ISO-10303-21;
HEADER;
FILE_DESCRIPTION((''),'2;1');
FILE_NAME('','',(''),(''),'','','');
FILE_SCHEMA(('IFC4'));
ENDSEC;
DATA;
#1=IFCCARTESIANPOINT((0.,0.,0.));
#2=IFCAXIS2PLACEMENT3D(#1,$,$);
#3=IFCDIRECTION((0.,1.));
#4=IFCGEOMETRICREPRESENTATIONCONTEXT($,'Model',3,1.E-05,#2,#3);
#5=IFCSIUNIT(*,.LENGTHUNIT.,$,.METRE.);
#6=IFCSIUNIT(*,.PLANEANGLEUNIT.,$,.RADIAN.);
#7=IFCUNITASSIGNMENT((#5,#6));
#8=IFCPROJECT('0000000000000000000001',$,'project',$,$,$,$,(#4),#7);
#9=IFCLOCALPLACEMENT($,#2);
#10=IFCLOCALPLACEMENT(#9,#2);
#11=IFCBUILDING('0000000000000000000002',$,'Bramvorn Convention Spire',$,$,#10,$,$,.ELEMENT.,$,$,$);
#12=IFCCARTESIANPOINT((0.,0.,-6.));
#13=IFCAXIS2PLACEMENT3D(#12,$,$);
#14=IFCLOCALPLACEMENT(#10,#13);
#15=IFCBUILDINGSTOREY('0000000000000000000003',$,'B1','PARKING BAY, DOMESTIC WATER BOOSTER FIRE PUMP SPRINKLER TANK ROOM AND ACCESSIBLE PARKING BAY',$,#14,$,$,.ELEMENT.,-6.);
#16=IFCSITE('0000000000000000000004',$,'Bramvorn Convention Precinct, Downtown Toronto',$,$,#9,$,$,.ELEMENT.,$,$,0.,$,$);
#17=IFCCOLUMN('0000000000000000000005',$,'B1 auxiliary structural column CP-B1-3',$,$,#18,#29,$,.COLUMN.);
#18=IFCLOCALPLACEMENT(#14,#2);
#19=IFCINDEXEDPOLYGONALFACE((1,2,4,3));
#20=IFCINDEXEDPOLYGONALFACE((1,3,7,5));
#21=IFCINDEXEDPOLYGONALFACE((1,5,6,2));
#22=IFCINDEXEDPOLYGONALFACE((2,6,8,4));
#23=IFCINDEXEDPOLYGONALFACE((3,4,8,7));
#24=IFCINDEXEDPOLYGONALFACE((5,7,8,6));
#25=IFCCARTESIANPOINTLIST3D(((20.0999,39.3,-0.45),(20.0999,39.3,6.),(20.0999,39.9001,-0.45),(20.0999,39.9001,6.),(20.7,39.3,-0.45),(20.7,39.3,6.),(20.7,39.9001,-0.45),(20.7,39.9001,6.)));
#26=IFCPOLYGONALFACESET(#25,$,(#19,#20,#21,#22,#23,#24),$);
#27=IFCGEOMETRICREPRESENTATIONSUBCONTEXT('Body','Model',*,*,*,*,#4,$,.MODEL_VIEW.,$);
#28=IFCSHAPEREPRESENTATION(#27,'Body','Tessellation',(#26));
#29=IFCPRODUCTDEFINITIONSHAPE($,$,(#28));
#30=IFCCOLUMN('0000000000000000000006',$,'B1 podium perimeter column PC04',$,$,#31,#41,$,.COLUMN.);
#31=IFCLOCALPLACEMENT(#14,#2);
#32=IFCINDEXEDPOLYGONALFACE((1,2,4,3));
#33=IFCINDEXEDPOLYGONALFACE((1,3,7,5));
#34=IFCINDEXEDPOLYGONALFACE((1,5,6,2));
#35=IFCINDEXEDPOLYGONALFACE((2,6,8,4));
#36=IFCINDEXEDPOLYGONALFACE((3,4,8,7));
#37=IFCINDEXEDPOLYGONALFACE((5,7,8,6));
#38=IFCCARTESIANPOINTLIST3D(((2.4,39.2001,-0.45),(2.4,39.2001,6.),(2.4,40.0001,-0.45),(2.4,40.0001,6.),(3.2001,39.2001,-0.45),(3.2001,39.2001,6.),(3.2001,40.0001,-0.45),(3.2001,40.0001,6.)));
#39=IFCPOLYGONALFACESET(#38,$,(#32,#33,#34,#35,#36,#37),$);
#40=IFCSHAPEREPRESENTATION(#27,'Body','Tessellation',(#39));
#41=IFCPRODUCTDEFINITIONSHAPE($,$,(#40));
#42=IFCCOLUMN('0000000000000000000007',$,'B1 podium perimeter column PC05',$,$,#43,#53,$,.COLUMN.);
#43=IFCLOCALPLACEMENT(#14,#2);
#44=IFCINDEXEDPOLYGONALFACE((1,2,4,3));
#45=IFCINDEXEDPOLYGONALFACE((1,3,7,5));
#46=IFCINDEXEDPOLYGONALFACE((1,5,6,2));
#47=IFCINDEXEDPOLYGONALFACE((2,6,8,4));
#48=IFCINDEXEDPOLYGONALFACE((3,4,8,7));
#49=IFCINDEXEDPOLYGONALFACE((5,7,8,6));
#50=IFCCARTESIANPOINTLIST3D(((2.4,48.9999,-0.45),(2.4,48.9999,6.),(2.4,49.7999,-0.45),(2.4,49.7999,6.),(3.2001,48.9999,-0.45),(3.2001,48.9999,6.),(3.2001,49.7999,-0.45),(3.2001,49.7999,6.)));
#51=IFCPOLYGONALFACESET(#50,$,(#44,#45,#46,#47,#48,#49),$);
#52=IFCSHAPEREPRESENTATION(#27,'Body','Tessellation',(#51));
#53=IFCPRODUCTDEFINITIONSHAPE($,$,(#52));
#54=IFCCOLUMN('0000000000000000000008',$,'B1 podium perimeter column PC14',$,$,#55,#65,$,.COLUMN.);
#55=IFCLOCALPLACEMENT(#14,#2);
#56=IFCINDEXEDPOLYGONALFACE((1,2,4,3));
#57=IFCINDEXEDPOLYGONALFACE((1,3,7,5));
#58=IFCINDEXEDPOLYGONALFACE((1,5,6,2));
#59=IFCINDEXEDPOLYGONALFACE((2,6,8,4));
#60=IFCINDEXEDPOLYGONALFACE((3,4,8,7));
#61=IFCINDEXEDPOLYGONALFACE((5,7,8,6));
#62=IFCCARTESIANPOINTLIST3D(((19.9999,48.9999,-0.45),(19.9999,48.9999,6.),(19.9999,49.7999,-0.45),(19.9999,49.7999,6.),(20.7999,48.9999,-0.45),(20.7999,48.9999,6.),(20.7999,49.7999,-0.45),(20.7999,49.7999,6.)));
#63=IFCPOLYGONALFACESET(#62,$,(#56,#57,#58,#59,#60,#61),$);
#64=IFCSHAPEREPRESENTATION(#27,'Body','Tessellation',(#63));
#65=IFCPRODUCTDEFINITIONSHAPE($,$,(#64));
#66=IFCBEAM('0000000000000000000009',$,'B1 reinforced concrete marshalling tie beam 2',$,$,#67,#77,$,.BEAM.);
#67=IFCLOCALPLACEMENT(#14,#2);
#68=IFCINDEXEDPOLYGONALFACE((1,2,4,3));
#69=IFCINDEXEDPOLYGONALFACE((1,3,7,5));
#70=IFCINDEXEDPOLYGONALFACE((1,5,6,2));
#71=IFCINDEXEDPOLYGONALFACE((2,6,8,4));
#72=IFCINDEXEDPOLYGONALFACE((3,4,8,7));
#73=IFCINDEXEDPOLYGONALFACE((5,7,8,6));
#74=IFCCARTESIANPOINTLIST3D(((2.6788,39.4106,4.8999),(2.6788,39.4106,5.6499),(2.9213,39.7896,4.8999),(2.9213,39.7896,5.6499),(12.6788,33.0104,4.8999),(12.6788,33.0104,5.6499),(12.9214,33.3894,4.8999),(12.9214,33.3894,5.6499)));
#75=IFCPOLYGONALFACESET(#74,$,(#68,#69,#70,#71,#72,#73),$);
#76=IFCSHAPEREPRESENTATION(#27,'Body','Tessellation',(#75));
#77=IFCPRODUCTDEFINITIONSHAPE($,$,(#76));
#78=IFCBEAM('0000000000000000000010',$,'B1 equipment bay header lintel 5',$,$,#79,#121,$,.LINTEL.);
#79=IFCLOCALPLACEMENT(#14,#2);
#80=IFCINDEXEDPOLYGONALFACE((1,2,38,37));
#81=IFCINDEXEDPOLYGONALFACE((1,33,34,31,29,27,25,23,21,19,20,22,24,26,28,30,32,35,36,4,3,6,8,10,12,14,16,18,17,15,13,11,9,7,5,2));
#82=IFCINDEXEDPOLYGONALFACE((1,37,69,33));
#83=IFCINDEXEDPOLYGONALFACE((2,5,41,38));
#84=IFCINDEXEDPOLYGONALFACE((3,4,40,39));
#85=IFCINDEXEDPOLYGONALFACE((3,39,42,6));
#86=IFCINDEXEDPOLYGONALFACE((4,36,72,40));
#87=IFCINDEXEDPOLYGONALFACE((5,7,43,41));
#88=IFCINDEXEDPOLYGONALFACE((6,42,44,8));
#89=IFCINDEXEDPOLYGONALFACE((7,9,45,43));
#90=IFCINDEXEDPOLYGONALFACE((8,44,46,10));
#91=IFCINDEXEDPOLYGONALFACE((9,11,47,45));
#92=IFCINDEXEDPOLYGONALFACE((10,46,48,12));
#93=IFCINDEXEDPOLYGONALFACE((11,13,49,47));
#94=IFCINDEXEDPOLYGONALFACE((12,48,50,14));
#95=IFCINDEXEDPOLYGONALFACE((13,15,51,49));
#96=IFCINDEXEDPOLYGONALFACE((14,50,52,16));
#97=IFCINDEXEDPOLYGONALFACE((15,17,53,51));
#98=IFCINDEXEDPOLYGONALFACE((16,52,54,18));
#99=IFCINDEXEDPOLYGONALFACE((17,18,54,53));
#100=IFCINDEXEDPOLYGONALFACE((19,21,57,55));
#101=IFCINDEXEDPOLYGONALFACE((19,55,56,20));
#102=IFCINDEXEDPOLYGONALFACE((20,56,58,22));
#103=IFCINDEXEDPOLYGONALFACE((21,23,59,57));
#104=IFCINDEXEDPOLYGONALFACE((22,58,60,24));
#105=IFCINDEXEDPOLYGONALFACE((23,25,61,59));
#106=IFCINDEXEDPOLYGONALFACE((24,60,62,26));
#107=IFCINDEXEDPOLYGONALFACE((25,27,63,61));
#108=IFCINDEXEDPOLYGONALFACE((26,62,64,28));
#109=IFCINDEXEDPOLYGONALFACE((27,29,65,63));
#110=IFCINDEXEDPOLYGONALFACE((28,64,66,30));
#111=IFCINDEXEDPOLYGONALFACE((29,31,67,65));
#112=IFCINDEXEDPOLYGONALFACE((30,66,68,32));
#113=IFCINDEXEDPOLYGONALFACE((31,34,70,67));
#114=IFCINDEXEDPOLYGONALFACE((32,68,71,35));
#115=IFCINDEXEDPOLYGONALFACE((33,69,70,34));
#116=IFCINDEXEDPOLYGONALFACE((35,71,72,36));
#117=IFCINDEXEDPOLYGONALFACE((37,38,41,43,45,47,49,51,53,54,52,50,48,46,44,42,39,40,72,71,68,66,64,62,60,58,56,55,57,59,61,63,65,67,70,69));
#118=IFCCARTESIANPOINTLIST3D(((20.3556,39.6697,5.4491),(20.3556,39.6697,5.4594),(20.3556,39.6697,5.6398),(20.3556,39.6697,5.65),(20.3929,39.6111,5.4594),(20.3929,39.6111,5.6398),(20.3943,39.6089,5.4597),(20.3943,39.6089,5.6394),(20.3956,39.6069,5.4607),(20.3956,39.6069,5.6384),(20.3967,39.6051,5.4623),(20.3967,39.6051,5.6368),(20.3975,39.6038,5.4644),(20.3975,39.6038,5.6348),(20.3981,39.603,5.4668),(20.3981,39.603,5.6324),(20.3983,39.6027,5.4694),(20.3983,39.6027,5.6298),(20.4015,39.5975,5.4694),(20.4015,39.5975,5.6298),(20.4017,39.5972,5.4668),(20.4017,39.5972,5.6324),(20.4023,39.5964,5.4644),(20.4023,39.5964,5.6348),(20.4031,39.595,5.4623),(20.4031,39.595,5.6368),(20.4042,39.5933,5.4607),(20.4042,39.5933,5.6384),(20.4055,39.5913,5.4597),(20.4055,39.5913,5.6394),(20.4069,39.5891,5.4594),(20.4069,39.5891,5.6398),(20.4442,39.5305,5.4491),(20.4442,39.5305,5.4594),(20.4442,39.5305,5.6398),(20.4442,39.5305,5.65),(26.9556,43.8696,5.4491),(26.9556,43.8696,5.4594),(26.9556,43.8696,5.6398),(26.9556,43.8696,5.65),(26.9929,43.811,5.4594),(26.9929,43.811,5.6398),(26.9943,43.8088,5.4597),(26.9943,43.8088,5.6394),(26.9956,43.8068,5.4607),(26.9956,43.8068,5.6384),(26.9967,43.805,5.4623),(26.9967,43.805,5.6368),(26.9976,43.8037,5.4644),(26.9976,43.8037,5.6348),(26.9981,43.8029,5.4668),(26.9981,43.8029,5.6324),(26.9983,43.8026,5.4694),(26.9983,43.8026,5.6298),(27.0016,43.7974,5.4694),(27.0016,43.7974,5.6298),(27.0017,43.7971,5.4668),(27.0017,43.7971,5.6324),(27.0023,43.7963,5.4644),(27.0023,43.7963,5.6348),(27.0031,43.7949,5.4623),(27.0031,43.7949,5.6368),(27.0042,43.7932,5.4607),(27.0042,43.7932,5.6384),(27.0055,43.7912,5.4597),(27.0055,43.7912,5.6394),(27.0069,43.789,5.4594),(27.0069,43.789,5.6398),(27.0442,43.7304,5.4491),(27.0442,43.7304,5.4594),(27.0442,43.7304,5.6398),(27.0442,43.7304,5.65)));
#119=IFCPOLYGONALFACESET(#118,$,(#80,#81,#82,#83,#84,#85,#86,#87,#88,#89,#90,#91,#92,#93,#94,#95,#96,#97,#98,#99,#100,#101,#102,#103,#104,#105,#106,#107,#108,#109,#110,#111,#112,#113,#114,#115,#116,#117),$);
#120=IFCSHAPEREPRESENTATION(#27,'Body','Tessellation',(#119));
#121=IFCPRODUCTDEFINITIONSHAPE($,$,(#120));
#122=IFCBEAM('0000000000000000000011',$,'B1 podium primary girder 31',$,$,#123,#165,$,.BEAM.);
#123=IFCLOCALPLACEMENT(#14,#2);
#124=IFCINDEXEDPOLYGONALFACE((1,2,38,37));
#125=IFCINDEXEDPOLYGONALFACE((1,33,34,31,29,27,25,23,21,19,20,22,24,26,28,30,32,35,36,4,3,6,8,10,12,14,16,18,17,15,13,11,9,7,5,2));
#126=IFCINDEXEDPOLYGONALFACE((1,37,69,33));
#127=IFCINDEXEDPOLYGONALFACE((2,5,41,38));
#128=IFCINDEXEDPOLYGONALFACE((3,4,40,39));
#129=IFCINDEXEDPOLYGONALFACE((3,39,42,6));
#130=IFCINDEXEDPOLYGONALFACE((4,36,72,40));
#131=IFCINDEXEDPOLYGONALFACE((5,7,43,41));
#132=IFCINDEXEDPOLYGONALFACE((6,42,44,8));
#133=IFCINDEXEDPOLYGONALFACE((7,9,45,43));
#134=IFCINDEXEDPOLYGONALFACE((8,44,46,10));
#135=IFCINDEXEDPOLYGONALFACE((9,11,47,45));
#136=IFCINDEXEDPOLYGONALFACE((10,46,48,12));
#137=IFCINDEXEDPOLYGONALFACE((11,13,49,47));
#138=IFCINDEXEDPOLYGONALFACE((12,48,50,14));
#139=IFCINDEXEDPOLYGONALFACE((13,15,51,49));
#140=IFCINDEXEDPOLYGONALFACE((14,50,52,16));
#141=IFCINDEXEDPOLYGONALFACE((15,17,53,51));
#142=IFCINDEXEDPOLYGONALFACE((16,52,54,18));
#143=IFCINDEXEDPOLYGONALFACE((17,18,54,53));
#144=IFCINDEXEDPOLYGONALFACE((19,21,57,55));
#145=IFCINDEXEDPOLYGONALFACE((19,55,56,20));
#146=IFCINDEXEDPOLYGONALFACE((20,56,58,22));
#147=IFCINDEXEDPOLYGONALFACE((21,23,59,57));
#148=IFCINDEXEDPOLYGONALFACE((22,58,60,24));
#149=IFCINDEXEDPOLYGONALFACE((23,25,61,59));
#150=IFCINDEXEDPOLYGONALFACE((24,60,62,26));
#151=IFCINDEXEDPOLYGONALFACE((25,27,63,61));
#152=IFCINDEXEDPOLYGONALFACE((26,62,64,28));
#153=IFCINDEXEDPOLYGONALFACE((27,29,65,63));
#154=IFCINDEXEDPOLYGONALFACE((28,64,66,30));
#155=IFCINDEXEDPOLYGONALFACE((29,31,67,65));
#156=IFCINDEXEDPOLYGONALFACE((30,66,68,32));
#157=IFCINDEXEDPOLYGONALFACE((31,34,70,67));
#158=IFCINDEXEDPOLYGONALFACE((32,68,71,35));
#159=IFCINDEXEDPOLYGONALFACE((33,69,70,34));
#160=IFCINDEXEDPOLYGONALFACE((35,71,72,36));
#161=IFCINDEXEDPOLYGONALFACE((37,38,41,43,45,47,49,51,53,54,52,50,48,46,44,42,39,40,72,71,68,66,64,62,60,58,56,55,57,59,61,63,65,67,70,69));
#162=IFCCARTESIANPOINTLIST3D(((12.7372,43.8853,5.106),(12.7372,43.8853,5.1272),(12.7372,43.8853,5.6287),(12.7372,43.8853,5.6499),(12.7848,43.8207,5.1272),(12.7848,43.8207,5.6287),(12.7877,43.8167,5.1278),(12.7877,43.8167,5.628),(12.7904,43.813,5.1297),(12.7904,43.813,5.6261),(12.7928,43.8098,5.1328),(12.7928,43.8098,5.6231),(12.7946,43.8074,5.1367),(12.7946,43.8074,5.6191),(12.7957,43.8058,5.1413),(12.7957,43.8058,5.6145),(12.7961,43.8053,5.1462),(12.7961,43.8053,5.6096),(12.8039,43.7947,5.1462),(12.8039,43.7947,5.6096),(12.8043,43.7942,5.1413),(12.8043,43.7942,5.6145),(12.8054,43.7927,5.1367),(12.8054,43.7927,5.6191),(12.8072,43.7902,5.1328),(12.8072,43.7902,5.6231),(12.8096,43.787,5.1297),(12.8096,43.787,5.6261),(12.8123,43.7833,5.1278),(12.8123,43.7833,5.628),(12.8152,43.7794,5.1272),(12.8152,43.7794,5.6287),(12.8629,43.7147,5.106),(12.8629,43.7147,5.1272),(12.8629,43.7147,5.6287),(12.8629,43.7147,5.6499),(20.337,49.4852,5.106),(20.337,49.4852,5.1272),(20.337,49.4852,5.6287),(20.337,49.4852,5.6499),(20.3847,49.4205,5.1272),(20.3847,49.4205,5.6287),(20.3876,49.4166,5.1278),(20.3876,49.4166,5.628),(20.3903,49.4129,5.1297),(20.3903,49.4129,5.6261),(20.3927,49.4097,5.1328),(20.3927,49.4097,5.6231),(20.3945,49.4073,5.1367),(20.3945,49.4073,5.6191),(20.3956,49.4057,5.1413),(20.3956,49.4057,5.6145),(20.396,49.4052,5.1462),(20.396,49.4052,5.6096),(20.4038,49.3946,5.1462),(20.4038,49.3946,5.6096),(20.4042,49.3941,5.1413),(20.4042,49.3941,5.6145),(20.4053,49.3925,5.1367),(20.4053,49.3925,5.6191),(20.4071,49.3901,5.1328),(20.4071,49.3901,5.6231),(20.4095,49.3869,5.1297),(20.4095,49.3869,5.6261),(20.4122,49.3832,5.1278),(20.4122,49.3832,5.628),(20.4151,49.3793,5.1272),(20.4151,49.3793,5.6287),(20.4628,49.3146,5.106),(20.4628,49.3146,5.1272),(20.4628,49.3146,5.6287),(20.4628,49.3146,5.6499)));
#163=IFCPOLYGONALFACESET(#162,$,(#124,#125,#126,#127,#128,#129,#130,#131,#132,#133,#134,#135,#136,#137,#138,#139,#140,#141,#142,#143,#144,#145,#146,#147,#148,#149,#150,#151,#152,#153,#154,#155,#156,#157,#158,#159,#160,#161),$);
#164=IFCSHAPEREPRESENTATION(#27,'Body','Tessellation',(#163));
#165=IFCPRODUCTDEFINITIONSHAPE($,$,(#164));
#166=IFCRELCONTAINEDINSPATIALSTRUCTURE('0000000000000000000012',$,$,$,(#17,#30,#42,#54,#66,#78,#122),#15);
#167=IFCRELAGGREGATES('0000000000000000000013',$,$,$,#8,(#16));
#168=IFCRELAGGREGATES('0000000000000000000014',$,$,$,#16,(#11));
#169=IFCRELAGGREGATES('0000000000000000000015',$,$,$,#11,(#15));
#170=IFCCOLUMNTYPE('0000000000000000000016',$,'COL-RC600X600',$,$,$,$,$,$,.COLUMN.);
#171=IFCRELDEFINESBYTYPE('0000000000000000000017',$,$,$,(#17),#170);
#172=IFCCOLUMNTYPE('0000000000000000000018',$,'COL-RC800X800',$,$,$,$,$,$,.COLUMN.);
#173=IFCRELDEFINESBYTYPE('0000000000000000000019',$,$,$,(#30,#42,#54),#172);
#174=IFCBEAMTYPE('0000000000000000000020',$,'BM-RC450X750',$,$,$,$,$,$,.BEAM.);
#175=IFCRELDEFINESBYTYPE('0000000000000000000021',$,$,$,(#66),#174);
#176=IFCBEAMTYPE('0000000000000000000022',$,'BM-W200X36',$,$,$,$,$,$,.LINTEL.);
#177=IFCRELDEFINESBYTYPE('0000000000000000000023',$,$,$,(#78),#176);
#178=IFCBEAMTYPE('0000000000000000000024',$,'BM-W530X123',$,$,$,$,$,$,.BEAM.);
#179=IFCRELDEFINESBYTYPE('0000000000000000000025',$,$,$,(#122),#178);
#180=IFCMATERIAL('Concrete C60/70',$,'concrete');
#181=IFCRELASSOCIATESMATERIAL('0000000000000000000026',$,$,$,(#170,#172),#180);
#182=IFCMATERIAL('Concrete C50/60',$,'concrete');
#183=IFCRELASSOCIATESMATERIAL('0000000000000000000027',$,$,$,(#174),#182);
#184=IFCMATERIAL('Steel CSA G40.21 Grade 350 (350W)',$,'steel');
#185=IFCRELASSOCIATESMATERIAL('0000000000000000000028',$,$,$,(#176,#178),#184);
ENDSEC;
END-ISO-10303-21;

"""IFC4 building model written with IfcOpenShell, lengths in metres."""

from ifc_helpers import new_model, si_unit, direction, frame, origin, origin_2d, place, context, subcontext, project, spatial, rectangle, i_section, extrude, material, material_profile, profile_set, type_object, element, save


model = new_model("IFC4")

# Units and contexts
model_context = context("Model", 3, precision=1e-05, world=origin(), true_north=direction((0.0, 1.0)))
body_context = subcontext(model_context, "Body", "Model", "MODEL_VIEW")
ifc_project = project(units=[si_unit("LENGTHUNIT", "METRE"), si_unit("PLANEANGLEUNIT", "RADIAN")], contexts=[model_context])

# Site, building, storey
site_placement = place(None, origin())
site = spatial("IfcSite", under=ifc_project, at=site_placement, Name="Bramvorn Convention Precinct, Downtown Toronto", CompositionType="ELEMENT", RefElevation=0.0)
building_placement = place(site_placement, origin())
building = spatial("IfcBuilding", under=site, at=building_placement, Name="Bramvorn Convention Spire", CompositionType="ELEMENT")
storey_placement = place(building_placement, frame((0.0, 0.0, -6.0)))
storey = spatial("IfcBuildingStorey", under=building, at=storey_placement, Name="B1", Description="PARKING BAY, DOMESTIC WATER BOOSTER FIRE PUMP SPRINKLER TANK ROOM AND ACCESSIBLE PARKING BAY", CompositionType="ELEMENT", Elevation=-6.0)

# Shared definitions
ifc_material_1 = material(Name="Concrete C60/70", Category="concrete")

# Columns
ifc_material_2 = material(Name="Steel CSA G40.21 Grade 350 (350W)", Category="steel")
ifc_material_profile_1 = material_profile(ifc_material_1, rectangle(XDim=0.6001, YDim=0.6001, at=origin_2d()))
ifc_profile_set_1 = profile_set([ifc_material_profile_1], Name="Concrete C60/70 - RC600X600")
column_type_1 = type_object("IfcColumnType", Name="COL-RC600X600", PredefinedType="COLUMN", material=ifc_profile_set_1)
column_placement = place(storey_placement, frame((20.3999, 39.6001, -0.45), z_axis=(0.0, 0.0, 1.0), x_axis=(1.0, 0.0, 0.0)))
element("IfcColumn", 1, at=column_placement, inside=storey, type_object=column_type_1, Name="B1 auxiliary structural column CP-B1-3", PredefinedType="COLUMN", context=body_context, shape_type="SweptSolid", body=[
    extrude(rectangle(XDim=0.6001, YDim=0.6001, at=origin_2d()), origin(), (0.0, 0.0, 1.0), 6.45),
])
ifc_material_profile_2 = material_profile(ifc_material_1, rectangle(XDim=0.8, YDim=0.8, at=origin_2d()))
ifc_profile_set_2 = profile_set([ifc_material_profile_2], Name="Concrete C60/70 - RC800X800")
column_type_2 = type_object("IfcColumnType", Name="COL-RC800X800", PredefinedType="COLUMN", material=ifc_profile_set_2)
for number, where, z_axis, x_axis, name in (
    (2, (2.8, 39.6001, -0.45), (0.0, 0.0, 1.0), (1.0, 0.0, 0.0), "B1 podium perimeter column PC04"),
    (3, (2.8, 49.3999, -0.45), (0.0, 0.0, 1.0), (1.0, 0.0, 0.0), "B1 podium perimeter column PC05"),
    (4, (20.3999, 49.3999, -0.45), (0.0, 0.0, 1.0), (1.0, 0.0, 0.0), "B1 podium perimeter column PC14"),
):
    element("IfcColumn", number, at=place(storey_placement, frame(where, z_axis=z_axis, x_axis=x_axis)), inside=storey, type_object=column_type_2, Name=name, PredefinedType="COLUMN", context=body_context, shape_type="SweptSolid", body=[
        extrude(rectangle(XDim=0.8, YDim=0.8, at=origin_2d()), origin(), (0.0, 0.0, 1.0), 6.45),
    ])

# Beams
ifc_material_3 = material(Name="Concrete C50/60", Category="concrete")
ifc_material_profile_3 = material_profile(ifc_material_3, rectangle(XDim=0.45, YDim=0.75, at=origin_2d()))
ifc_profile_set_3 = profile_set([ifc_material_profile_3], Name="Concrete C50/60 - RC450X750")
beam_type_1 = type_object("IfcBeamType", Name="BM-RC450X750", PredefinedType="BEAM", material=ifc_profile_set_3)
beam_1_placement = place(storey_placement, frame((2.8, 39.6001, 5.2749), z_axis=(0.842266, -0.539062, 0.0), x_axis=(0.539062, 0.842266, 0.0)))
element("IfcBeam", 5, at=beam_1_placement, inside=storey, type_object=beam_type_1, Name="B1 reinforced concrete marshalling tie beam 2", PredefinedType="BEAM", context=body_context, shape_type="SweptSolid", body=[
    extrude(rectangle(XDim=0.45, YDim=0.75, at=origin_2d()), origin(), (0.0, 0.0, 1.0), 11.8728),
])
ifc_material_profile_4 = material_profile(ifc_material_2, i_section(OverallWidth=0.165, OverallDepth=0.2009, WebThickness=0.0061, FlangeThickness=0.0103, FilletRadius=0.01, at=origin_2d()))
ifc_profile_set_4 = profile_set([ifc_material_profile_4], Name="Steel CSA G40.21 Grade 350 (350W) - W200X36")
beam_type_2 = type_object("IfcBeamType", Name="BM-W200X36", PredefinedType="LINTEL", material=ifc_profile_set_4)
beam_2_placement = place(storey_placement, frame((20.3999, 39.6001, 5.5496), z_axis=(0.843668, 0.536865, 0.0), x_axis=(-0.536865, 0.843668, 0.0)))
element("IfcBeam", 6, at=beam_2_placement, inside=storey, type_object=beam_type_2, Name="B1 equipment bay header lintel 5", PredefinedType="LINTEL", context=body_context, shape_type="SweptSolid", body=[
    extrude(i_section(OverallWidth=0.165, OverallDepth=0.2009, WebThickness=0.0061, FlangeThickness=0.0103, FilletRadius=0.01, at=origin_2d()), origin(), (0.0, 0.0, 1.0), 7.823),
])
ifc_material_profile_5 = material_profile(ifc_material_2, i_section(OverallWidth=0.2119, OverallDepth=0.5439, WebThickness=0.0132, FlangeThickness=0.0212, FilletRadius=0.019, at=origin_2d()))
ifc_profile_set_5 = profile_set([ifc_material_profile_5], Name="Steel CSA G40.21 Grade 350 (350W) - W530X123")
beam_type_3 = type_object("IfcBeamType", Name="BM-W530X123", PredefinedType="BEAM", material=ifc_profile_set_5)
beam_3_placement = place(storey_placement, frame((20.3999, 49.3999, 5.3779), z_axis=(-0.805058, -0.593196, 0.0), x_axis=(0.593196, -0.805058, 0.0)))
element("IfcBeam", 7, at=beam_3_placement, inside=storey, type_object=beam_type_3, Name="B1 podium primary girder 31", PredefinedType="BEAM", context=body_context, shape_type="SweptSolid", body=[
    extrude(i_section(OverallWidth=0.2119, OverallDepth=0.5439, WebThickness=0.0132, FlangeThickness=0.0212, FilletRadius=0.019, at=origin_2d()), origin(), (0.0, 0.0, 1.0), 9.4402),
])

save(model, "model.ifc")
